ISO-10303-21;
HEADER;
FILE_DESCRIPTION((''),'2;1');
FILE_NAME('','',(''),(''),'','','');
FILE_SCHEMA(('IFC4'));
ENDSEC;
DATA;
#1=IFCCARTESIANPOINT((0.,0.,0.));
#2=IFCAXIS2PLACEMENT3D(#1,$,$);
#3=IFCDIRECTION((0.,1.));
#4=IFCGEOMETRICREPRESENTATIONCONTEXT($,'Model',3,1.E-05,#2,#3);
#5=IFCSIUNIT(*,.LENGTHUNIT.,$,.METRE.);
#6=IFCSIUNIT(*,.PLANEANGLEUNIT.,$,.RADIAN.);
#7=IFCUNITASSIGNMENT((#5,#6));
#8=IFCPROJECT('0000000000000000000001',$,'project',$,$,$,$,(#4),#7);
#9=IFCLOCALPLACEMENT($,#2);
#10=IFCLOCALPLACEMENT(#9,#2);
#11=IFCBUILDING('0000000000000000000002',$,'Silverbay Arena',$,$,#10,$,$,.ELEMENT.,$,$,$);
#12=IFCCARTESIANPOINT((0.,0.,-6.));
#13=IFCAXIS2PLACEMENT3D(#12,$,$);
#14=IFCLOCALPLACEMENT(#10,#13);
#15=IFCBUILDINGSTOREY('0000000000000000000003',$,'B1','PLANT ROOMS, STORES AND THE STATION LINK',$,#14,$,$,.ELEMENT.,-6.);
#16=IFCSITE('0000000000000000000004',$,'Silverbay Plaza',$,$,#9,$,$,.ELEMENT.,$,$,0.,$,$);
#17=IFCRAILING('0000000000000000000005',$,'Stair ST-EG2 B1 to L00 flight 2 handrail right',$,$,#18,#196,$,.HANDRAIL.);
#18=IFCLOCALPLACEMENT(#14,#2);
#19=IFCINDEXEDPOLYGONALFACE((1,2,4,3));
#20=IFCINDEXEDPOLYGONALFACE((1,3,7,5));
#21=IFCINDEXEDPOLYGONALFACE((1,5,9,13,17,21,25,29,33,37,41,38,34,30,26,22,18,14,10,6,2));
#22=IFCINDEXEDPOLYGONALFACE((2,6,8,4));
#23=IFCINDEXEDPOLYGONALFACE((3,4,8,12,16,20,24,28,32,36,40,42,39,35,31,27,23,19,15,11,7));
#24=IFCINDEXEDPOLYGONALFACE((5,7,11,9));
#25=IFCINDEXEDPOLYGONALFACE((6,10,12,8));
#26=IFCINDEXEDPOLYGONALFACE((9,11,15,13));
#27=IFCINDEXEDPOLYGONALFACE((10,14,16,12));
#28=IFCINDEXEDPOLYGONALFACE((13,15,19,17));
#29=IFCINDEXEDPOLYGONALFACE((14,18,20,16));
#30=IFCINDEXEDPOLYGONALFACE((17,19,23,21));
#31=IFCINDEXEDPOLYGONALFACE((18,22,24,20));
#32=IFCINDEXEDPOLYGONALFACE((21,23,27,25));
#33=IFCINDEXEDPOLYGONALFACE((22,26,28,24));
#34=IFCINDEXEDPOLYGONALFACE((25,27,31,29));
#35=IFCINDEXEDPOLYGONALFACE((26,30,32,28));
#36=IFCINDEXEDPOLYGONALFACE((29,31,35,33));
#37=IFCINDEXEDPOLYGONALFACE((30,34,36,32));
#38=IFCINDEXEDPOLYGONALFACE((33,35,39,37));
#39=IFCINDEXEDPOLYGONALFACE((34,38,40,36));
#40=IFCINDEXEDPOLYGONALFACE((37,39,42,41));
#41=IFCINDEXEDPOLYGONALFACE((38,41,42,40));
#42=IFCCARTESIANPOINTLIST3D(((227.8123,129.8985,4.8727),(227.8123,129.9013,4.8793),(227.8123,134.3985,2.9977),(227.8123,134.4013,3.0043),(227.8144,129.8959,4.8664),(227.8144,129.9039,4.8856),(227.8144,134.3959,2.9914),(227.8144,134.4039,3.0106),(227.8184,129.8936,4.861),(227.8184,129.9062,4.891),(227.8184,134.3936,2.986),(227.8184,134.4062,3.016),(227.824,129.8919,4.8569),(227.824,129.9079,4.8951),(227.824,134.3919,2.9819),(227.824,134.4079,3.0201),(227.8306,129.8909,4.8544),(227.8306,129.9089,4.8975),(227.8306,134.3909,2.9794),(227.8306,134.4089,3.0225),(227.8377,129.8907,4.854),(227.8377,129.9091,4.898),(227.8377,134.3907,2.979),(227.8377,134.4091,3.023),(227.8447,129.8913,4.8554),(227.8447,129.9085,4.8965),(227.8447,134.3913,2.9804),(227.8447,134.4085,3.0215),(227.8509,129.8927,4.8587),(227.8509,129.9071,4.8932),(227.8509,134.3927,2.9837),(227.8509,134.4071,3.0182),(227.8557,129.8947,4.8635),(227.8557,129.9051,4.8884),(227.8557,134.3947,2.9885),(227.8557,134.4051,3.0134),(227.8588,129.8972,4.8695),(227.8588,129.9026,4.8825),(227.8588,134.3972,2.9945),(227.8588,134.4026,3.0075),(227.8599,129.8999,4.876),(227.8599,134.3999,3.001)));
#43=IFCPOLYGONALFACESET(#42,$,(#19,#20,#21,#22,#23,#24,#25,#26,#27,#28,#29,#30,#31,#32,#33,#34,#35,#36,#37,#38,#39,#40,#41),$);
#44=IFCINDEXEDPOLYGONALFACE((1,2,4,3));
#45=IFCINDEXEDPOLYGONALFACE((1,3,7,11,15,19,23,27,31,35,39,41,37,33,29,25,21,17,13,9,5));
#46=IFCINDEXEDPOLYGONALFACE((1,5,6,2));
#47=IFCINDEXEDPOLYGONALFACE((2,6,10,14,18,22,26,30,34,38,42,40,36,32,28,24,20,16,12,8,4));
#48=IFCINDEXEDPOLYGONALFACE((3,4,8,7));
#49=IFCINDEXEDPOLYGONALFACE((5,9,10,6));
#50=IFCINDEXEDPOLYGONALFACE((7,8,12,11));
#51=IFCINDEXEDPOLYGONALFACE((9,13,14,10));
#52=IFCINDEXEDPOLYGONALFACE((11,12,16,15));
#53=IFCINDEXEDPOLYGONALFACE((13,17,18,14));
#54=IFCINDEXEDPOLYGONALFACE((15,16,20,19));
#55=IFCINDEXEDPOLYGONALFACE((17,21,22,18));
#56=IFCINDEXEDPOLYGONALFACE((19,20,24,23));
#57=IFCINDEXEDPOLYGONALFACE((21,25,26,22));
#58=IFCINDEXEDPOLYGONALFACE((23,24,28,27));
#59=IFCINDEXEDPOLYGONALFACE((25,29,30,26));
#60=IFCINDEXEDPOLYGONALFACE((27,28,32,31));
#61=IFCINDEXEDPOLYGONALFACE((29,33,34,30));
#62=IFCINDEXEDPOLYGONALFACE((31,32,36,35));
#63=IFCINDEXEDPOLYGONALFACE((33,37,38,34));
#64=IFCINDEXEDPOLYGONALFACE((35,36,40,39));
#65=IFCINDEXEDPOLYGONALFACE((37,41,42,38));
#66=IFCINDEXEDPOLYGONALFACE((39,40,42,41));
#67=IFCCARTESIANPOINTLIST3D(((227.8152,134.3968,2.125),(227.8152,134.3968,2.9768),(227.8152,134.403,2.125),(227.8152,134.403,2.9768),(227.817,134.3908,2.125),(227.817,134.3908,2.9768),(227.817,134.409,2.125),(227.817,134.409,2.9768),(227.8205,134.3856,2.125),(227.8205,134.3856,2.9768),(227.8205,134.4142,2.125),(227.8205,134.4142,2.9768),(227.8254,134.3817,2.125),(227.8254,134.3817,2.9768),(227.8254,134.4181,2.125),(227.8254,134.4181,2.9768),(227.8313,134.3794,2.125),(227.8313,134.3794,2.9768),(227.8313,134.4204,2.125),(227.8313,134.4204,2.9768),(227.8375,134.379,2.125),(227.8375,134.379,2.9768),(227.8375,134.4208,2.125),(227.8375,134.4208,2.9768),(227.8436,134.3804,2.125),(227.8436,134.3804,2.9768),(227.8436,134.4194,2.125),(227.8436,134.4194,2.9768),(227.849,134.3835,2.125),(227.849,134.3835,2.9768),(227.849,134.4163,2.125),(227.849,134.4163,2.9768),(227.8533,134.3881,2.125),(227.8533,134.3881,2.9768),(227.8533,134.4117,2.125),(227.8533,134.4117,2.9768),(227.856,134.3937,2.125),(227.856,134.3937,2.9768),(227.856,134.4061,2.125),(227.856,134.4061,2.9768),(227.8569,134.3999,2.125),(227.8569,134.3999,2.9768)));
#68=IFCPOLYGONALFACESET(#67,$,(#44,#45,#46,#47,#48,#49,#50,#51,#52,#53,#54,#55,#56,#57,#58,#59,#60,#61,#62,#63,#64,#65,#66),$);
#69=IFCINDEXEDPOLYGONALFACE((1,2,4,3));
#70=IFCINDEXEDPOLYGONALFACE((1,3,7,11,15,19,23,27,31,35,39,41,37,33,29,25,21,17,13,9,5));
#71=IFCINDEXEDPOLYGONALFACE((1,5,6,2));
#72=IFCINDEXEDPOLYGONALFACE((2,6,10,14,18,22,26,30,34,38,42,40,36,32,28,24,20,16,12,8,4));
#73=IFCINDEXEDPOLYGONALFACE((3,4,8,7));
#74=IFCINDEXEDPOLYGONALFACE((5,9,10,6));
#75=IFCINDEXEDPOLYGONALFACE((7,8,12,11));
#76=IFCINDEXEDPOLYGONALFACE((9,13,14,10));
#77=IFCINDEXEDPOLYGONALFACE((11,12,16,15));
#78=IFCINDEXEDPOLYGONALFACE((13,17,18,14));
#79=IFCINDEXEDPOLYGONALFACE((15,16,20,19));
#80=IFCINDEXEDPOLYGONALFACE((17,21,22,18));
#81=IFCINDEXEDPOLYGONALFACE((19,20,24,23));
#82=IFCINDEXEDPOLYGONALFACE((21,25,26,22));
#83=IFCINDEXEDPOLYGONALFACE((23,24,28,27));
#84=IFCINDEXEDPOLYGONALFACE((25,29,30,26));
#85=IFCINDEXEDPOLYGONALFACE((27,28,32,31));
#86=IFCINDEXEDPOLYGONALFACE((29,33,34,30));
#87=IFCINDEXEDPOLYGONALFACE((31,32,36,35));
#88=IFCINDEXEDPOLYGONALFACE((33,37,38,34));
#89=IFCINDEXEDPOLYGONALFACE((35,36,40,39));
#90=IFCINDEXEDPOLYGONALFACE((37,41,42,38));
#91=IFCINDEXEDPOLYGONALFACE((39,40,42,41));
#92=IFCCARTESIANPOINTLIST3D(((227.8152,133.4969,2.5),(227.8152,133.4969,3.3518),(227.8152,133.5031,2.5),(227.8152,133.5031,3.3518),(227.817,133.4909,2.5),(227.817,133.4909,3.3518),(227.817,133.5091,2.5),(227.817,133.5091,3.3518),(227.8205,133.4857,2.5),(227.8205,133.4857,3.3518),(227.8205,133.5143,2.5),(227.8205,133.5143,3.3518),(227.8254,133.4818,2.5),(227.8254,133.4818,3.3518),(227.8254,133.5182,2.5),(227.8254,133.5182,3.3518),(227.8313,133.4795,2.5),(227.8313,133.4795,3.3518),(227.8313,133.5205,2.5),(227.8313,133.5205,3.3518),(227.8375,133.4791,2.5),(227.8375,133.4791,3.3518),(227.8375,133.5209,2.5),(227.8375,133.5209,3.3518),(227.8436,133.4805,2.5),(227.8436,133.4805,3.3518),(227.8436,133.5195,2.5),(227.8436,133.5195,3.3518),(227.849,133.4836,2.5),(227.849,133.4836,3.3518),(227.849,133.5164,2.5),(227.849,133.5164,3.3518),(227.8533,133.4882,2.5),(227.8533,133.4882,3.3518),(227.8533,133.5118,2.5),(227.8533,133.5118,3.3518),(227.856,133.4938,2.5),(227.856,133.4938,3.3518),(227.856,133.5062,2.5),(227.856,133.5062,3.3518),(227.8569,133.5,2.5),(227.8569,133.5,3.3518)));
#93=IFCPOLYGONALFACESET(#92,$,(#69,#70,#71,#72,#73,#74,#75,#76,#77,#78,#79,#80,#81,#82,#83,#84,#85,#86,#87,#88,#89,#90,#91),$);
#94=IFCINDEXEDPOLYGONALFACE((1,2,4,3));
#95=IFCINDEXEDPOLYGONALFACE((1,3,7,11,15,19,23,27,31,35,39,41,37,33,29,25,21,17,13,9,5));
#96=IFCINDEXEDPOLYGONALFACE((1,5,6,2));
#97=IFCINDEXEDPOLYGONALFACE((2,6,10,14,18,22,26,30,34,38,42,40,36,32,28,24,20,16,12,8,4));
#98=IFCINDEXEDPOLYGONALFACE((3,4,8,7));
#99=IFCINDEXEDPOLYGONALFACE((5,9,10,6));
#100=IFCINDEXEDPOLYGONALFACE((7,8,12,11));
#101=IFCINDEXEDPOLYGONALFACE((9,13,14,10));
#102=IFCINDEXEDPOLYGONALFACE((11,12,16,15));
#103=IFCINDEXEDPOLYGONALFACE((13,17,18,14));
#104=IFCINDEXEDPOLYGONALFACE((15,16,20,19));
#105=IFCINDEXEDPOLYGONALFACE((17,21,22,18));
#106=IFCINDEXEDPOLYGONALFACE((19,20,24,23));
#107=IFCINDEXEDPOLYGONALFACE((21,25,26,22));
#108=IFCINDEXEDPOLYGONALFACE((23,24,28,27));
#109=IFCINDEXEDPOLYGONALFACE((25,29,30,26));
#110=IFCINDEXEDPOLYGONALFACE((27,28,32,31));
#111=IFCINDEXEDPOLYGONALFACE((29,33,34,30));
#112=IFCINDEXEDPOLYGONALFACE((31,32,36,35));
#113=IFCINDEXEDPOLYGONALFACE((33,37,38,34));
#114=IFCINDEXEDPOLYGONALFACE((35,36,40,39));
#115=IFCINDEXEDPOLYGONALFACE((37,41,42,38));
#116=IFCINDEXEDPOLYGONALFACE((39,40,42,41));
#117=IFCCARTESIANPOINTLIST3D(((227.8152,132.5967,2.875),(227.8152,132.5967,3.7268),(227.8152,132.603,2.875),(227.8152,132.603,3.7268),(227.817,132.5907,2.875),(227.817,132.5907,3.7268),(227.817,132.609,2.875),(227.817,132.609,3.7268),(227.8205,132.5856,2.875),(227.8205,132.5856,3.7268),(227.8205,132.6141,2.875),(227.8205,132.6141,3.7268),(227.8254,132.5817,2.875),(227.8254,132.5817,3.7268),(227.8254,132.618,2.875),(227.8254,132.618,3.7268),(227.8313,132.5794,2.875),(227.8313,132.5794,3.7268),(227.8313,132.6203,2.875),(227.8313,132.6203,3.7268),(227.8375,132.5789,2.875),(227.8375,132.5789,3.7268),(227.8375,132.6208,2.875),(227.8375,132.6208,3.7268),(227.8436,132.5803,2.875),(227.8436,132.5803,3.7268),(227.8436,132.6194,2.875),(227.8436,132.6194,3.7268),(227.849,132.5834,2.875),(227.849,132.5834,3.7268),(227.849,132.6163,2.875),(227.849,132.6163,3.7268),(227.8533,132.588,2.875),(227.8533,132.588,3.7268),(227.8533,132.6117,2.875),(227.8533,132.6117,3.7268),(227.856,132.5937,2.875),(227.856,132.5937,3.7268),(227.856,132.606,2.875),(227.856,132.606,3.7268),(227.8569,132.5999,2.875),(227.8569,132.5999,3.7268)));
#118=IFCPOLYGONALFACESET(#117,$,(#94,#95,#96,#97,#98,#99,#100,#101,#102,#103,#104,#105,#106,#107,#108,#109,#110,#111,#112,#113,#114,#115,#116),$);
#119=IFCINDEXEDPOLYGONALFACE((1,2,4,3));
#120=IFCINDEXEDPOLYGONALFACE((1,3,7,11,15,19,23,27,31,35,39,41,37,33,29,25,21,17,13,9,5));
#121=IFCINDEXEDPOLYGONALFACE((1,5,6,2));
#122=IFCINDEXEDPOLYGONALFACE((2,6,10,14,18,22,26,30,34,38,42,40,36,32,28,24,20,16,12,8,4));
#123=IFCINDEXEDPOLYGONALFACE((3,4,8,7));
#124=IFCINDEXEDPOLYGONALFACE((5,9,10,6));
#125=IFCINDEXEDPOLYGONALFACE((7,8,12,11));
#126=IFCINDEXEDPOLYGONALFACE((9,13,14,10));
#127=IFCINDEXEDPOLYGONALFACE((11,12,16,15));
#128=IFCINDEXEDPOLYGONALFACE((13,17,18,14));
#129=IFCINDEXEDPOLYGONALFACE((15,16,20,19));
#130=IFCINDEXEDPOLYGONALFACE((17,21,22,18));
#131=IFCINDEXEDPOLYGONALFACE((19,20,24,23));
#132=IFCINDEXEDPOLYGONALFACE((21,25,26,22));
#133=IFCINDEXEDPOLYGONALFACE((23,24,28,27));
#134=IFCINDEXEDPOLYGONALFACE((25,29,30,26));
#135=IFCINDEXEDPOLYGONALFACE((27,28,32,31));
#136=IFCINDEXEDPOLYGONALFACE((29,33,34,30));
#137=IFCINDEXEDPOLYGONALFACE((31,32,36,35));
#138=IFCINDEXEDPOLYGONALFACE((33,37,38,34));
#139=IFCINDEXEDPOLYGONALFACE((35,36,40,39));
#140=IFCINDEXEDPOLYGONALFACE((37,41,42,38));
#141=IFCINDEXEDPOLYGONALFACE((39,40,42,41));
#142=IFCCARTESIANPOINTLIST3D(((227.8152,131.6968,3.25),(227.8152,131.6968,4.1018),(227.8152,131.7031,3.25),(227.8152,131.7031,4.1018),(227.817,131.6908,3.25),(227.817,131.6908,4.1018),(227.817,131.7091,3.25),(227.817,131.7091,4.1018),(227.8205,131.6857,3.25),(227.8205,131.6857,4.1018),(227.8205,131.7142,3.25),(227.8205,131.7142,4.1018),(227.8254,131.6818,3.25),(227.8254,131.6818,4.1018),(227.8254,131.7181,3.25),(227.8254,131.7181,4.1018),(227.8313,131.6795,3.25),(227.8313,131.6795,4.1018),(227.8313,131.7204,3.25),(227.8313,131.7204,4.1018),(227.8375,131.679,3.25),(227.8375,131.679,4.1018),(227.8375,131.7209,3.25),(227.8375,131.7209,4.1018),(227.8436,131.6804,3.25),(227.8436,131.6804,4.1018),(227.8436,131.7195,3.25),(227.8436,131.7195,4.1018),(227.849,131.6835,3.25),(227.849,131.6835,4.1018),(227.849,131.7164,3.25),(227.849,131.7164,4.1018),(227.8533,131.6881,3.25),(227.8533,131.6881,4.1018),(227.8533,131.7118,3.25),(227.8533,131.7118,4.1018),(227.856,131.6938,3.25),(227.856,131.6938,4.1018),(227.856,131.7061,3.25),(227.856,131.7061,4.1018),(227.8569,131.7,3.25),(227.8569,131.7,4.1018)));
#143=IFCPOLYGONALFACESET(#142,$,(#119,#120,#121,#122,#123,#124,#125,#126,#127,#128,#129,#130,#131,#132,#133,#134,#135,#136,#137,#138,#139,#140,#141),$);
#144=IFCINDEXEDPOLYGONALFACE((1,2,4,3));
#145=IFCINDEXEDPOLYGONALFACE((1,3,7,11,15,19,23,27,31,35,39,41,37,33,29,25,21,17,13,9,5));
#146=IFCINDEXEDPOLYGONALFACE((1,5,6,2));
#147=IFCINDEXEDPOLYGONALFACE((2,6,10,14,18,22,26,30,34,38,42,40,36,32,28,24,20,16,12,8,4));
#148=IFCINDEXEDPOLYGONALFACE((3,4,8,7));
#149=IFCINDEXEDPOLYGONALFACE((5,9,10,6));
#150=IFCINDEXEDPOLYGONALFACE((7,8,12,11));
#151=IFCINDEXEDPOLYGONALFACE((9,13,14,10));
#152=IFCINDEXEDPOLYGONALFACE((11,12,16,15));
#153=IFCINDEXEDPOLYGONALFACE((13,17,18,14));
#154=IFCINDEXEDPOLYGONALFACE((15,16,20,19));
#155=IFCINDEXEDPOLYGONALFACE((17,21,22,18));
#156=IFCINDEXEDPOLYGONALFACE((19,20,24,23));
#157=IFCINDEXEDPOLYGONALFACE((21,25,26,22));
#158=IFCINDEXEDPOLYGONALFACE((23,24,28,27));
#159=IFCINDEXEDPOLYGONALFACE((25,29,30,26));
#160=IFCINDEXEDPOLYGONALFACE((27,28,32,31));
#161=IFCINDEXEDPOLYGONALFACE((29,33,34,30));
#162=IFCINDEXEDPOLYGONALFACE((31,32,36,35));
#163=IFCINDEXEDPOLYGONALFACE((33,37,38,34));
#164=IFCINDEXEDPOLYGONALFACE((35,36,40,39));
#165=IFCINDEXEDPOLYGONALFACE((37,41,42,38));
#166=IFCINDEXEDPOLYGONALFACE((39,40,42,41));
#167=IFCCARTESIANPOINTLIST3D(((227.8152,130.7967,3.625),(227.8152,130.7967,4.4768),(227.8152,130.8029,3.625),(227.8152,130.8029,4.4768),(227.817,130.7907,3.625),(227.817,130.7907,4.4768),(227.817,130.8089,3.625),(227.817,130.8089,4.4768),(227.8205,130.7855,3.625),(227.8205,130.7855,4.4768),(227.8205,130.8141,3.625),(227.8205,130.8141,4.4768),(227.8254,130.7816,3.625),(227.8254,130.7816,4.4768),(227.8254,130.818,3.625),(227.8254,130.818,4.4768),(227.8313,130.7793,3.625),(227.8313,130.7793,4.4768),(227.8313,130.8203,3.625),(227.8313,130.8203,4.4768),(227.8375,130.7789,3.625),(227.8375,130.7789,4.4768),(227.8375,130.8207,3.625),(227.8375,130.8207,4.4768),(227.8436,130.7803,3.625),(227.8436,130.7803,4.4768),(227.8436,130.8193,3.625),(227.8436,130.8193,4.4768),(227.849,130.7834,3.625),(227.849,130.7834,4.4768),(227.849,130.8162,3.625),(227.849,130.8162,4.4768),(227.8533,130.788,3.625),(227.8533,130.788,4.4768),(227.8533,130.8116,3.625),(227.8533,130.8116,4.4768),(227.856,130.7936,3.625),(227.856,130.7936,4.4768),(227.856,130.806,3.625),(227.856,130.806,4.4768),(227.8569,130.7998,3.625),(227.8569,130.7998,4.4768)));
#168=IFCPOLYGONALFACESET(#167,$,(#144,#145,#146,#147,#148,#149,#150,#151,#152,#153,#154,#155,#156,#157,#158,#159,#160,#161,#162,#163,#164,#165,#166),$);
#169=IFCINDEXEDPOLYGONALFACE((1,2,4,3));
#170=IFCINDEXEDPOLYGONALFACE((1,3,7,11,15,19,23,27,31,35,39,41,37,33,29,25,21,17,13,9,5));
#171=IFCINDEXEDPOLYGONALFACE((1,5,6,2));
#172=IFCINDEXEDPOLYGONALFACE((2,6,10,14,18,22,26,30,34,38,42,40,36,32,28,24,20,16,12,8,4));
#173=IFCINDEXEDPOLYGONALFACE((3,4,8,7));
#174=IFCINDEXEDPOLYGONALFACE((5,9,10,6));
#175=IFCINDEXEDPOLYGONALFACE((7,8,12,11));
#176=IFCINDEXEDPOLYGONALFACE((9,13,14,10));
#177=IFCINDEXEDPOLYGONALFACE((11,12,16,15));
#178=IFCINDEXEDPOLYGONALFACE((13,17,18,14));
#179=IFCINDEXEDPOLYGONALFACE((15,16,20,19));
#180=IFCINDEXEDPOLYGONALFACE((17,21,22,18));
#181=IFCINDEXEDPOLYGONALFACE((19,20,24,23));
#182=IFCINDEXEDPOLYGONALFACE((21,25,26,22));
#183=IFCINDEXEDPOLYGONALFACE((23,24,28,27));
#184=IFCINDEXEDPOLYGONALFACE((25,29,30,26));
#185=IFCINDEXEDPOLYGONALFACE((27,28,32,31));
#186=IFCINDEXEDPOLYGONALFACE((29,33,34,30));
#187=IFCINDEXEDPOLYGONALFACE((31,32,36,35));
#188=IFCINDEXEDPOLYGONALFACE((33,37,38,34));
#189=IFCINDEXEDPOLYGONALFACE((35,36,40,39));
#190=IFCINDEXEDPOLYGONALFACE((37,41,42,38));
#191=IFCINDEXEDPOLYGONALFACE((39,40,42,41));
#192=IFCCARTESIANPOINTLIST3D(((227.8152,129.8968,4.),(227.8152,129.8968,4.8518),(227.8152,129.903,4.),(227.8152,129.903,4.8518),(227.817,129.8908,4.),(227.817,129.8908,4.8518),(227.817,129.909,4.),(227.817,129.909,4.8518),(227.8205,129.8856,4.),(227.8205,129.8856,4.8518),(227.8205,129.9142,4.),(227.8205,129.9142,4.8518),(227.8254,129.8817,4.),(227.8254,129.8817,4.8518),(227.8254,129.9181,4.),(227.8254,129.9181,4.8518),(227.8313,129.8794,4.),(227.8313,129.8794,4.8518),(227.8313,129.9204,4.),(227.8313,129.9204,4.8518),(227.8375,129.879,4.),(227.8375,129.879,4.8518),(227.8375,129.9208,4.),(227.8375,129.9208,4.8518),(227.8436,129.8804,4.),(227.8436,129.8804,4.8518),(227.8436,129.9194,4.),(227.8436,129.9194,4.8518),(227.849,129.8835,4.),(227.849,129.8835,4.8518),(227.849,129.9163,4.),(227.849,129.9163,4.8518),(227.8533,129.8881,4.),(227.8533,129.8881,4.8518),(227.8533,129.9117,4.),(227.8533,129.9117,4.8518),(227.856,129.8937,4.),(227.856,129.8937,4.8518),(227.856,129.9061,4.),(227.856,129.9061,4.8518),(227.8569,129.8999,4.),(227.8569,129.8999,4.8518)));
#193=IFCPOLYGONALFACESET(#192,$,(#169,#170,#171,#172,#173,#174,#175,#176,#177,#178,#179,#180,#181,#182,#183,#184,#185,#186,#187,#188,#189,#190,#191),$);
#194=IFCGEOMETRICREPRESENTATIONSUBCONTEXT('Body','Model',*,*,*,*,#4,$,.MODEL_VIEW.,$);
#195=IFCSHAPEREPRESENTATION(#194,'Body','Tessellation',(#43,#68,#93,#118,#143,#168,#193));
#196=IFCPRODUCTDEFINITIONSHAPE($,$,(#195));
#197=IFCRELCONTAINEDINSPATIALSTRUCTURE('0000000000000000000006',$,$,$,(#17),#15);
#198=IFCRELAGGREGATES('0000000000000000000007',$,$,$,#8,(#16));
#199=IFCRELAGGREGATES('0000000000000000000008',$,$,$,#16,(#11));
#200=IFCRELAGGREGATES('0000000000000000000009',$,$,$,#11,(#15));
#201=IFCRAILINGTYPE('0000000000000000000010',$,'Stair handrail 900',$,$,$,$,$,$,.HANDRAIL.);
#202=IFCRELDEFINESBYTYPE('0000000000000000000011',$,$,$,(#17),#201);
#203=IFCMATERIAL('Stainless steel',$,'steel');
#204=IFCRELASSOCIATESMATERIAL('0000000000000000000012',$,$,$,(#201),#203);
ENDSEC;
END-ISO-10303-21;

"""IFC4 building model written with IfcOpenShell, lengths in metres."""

from ifc_helpers import new_model, si_unit, direction, frame, origin, origin_2d, place, context, subcontext, project, spatial, circle, extrude, material, type_object, element, save


model = new_model("IFC4")

# Units and contexts
model_context = context("Model", 3, precision=1e-05, world=origin(), true_north=direction((0.0, 1.0)))
body_context = subcontext(model_context, "Body", "Model", "MODEL_VIEW")
ifc_project = project(units=[si_unit("LENGTHUNIT", "METRE"), si_unit("PLANEANGLEUNIT", "RADIAN")], contexts=[model_context])

# Site, building, storey
site_placement = place(None, origin())
site = spatial("IfcSite", under=ifc_project, at=site_placement, Name="Silverbay Plaza", CompositionType="ELEMENT", RefElevation=0.0)
building_placement = place(site_placement, origin())
building = spatial("IfcBuilding", under=site, at=building_placement, Name="Silverbay Arena", CompositionType="ELEMENT")
storey_placement = place(building_placement, frame((0.0, 0.0, -6.0)))
storey = spatial("IfcBuildingStorey", under=building, at=storey_placement, Name="B1", Description="PLANT ROOMS, STORES AND THE STATION LINK", CompositionType="ELEMENT", Elevation=-6.0)

# Railing
ifc_material_1 = material(Name="Stainless steel", Category="steel")
railing_type_1 = type_object("IfcRailingType", Name="Stair handrail 900", PredefinedType="HANDRAIL", material=ifc_material_1)
for number, where, name in (
    (1, (227.8359, 134.3999, 2.125), "Stair ST-EG2 B1 to L00 flight 2 handrail right"),
):
    element("IfcRailing", number, at=place(storey_placement, frame(where)), inside=storey, type_object=railing_type_1, Name=name, PredefinedType="HANDRAIL", context=body_context, shape_type="SweptSolid", body=[
        extrude(circle(Radius=0.0239, at=origin_2d()), frame((0.0, 0.0, 0.876), z_axis=(0.0, -0.923077, 0.384615), x_axis=(1.0, 0.0, 0.0)), (0.0, 0.0, 1.0), 4.875),
        extrude(circle(Radius=0.021, at=origin_2d()), origin(), (0.0, 0.0, 1.0), 0.8518),
        extrude(circle(Radius=0.021, at=origin_2d()), frame((0.0, -0.8999, 0.375)), (0.0, 0.0, 1.0), 0.8518),
        extrude(circle(Radius=0.021, at=origin_2d()), frame((0.0, -1.8, 0.75)), (0.0, 0.0, 1.0), 0.8518),
        extrude(circle(Radius=0.021, at=origin_2d()), frame((0.0, -2.7, 1.125)), (0.0, 0.0, 1.0), 0.8518),
        extrude(circle(Radius=0.021, at=origin_2d()), frame((0.0, -3.6001, 1.5)), (0.0, 0.0, 1.0), 0.8518),
        extrude(circle(Radius=0.021, at=origin_2d()), frame((0.0, -4.5, 1.875)), (0.0, 0.0, 1.0), 0.8518),
    ])

save(model, "model.ifc")
